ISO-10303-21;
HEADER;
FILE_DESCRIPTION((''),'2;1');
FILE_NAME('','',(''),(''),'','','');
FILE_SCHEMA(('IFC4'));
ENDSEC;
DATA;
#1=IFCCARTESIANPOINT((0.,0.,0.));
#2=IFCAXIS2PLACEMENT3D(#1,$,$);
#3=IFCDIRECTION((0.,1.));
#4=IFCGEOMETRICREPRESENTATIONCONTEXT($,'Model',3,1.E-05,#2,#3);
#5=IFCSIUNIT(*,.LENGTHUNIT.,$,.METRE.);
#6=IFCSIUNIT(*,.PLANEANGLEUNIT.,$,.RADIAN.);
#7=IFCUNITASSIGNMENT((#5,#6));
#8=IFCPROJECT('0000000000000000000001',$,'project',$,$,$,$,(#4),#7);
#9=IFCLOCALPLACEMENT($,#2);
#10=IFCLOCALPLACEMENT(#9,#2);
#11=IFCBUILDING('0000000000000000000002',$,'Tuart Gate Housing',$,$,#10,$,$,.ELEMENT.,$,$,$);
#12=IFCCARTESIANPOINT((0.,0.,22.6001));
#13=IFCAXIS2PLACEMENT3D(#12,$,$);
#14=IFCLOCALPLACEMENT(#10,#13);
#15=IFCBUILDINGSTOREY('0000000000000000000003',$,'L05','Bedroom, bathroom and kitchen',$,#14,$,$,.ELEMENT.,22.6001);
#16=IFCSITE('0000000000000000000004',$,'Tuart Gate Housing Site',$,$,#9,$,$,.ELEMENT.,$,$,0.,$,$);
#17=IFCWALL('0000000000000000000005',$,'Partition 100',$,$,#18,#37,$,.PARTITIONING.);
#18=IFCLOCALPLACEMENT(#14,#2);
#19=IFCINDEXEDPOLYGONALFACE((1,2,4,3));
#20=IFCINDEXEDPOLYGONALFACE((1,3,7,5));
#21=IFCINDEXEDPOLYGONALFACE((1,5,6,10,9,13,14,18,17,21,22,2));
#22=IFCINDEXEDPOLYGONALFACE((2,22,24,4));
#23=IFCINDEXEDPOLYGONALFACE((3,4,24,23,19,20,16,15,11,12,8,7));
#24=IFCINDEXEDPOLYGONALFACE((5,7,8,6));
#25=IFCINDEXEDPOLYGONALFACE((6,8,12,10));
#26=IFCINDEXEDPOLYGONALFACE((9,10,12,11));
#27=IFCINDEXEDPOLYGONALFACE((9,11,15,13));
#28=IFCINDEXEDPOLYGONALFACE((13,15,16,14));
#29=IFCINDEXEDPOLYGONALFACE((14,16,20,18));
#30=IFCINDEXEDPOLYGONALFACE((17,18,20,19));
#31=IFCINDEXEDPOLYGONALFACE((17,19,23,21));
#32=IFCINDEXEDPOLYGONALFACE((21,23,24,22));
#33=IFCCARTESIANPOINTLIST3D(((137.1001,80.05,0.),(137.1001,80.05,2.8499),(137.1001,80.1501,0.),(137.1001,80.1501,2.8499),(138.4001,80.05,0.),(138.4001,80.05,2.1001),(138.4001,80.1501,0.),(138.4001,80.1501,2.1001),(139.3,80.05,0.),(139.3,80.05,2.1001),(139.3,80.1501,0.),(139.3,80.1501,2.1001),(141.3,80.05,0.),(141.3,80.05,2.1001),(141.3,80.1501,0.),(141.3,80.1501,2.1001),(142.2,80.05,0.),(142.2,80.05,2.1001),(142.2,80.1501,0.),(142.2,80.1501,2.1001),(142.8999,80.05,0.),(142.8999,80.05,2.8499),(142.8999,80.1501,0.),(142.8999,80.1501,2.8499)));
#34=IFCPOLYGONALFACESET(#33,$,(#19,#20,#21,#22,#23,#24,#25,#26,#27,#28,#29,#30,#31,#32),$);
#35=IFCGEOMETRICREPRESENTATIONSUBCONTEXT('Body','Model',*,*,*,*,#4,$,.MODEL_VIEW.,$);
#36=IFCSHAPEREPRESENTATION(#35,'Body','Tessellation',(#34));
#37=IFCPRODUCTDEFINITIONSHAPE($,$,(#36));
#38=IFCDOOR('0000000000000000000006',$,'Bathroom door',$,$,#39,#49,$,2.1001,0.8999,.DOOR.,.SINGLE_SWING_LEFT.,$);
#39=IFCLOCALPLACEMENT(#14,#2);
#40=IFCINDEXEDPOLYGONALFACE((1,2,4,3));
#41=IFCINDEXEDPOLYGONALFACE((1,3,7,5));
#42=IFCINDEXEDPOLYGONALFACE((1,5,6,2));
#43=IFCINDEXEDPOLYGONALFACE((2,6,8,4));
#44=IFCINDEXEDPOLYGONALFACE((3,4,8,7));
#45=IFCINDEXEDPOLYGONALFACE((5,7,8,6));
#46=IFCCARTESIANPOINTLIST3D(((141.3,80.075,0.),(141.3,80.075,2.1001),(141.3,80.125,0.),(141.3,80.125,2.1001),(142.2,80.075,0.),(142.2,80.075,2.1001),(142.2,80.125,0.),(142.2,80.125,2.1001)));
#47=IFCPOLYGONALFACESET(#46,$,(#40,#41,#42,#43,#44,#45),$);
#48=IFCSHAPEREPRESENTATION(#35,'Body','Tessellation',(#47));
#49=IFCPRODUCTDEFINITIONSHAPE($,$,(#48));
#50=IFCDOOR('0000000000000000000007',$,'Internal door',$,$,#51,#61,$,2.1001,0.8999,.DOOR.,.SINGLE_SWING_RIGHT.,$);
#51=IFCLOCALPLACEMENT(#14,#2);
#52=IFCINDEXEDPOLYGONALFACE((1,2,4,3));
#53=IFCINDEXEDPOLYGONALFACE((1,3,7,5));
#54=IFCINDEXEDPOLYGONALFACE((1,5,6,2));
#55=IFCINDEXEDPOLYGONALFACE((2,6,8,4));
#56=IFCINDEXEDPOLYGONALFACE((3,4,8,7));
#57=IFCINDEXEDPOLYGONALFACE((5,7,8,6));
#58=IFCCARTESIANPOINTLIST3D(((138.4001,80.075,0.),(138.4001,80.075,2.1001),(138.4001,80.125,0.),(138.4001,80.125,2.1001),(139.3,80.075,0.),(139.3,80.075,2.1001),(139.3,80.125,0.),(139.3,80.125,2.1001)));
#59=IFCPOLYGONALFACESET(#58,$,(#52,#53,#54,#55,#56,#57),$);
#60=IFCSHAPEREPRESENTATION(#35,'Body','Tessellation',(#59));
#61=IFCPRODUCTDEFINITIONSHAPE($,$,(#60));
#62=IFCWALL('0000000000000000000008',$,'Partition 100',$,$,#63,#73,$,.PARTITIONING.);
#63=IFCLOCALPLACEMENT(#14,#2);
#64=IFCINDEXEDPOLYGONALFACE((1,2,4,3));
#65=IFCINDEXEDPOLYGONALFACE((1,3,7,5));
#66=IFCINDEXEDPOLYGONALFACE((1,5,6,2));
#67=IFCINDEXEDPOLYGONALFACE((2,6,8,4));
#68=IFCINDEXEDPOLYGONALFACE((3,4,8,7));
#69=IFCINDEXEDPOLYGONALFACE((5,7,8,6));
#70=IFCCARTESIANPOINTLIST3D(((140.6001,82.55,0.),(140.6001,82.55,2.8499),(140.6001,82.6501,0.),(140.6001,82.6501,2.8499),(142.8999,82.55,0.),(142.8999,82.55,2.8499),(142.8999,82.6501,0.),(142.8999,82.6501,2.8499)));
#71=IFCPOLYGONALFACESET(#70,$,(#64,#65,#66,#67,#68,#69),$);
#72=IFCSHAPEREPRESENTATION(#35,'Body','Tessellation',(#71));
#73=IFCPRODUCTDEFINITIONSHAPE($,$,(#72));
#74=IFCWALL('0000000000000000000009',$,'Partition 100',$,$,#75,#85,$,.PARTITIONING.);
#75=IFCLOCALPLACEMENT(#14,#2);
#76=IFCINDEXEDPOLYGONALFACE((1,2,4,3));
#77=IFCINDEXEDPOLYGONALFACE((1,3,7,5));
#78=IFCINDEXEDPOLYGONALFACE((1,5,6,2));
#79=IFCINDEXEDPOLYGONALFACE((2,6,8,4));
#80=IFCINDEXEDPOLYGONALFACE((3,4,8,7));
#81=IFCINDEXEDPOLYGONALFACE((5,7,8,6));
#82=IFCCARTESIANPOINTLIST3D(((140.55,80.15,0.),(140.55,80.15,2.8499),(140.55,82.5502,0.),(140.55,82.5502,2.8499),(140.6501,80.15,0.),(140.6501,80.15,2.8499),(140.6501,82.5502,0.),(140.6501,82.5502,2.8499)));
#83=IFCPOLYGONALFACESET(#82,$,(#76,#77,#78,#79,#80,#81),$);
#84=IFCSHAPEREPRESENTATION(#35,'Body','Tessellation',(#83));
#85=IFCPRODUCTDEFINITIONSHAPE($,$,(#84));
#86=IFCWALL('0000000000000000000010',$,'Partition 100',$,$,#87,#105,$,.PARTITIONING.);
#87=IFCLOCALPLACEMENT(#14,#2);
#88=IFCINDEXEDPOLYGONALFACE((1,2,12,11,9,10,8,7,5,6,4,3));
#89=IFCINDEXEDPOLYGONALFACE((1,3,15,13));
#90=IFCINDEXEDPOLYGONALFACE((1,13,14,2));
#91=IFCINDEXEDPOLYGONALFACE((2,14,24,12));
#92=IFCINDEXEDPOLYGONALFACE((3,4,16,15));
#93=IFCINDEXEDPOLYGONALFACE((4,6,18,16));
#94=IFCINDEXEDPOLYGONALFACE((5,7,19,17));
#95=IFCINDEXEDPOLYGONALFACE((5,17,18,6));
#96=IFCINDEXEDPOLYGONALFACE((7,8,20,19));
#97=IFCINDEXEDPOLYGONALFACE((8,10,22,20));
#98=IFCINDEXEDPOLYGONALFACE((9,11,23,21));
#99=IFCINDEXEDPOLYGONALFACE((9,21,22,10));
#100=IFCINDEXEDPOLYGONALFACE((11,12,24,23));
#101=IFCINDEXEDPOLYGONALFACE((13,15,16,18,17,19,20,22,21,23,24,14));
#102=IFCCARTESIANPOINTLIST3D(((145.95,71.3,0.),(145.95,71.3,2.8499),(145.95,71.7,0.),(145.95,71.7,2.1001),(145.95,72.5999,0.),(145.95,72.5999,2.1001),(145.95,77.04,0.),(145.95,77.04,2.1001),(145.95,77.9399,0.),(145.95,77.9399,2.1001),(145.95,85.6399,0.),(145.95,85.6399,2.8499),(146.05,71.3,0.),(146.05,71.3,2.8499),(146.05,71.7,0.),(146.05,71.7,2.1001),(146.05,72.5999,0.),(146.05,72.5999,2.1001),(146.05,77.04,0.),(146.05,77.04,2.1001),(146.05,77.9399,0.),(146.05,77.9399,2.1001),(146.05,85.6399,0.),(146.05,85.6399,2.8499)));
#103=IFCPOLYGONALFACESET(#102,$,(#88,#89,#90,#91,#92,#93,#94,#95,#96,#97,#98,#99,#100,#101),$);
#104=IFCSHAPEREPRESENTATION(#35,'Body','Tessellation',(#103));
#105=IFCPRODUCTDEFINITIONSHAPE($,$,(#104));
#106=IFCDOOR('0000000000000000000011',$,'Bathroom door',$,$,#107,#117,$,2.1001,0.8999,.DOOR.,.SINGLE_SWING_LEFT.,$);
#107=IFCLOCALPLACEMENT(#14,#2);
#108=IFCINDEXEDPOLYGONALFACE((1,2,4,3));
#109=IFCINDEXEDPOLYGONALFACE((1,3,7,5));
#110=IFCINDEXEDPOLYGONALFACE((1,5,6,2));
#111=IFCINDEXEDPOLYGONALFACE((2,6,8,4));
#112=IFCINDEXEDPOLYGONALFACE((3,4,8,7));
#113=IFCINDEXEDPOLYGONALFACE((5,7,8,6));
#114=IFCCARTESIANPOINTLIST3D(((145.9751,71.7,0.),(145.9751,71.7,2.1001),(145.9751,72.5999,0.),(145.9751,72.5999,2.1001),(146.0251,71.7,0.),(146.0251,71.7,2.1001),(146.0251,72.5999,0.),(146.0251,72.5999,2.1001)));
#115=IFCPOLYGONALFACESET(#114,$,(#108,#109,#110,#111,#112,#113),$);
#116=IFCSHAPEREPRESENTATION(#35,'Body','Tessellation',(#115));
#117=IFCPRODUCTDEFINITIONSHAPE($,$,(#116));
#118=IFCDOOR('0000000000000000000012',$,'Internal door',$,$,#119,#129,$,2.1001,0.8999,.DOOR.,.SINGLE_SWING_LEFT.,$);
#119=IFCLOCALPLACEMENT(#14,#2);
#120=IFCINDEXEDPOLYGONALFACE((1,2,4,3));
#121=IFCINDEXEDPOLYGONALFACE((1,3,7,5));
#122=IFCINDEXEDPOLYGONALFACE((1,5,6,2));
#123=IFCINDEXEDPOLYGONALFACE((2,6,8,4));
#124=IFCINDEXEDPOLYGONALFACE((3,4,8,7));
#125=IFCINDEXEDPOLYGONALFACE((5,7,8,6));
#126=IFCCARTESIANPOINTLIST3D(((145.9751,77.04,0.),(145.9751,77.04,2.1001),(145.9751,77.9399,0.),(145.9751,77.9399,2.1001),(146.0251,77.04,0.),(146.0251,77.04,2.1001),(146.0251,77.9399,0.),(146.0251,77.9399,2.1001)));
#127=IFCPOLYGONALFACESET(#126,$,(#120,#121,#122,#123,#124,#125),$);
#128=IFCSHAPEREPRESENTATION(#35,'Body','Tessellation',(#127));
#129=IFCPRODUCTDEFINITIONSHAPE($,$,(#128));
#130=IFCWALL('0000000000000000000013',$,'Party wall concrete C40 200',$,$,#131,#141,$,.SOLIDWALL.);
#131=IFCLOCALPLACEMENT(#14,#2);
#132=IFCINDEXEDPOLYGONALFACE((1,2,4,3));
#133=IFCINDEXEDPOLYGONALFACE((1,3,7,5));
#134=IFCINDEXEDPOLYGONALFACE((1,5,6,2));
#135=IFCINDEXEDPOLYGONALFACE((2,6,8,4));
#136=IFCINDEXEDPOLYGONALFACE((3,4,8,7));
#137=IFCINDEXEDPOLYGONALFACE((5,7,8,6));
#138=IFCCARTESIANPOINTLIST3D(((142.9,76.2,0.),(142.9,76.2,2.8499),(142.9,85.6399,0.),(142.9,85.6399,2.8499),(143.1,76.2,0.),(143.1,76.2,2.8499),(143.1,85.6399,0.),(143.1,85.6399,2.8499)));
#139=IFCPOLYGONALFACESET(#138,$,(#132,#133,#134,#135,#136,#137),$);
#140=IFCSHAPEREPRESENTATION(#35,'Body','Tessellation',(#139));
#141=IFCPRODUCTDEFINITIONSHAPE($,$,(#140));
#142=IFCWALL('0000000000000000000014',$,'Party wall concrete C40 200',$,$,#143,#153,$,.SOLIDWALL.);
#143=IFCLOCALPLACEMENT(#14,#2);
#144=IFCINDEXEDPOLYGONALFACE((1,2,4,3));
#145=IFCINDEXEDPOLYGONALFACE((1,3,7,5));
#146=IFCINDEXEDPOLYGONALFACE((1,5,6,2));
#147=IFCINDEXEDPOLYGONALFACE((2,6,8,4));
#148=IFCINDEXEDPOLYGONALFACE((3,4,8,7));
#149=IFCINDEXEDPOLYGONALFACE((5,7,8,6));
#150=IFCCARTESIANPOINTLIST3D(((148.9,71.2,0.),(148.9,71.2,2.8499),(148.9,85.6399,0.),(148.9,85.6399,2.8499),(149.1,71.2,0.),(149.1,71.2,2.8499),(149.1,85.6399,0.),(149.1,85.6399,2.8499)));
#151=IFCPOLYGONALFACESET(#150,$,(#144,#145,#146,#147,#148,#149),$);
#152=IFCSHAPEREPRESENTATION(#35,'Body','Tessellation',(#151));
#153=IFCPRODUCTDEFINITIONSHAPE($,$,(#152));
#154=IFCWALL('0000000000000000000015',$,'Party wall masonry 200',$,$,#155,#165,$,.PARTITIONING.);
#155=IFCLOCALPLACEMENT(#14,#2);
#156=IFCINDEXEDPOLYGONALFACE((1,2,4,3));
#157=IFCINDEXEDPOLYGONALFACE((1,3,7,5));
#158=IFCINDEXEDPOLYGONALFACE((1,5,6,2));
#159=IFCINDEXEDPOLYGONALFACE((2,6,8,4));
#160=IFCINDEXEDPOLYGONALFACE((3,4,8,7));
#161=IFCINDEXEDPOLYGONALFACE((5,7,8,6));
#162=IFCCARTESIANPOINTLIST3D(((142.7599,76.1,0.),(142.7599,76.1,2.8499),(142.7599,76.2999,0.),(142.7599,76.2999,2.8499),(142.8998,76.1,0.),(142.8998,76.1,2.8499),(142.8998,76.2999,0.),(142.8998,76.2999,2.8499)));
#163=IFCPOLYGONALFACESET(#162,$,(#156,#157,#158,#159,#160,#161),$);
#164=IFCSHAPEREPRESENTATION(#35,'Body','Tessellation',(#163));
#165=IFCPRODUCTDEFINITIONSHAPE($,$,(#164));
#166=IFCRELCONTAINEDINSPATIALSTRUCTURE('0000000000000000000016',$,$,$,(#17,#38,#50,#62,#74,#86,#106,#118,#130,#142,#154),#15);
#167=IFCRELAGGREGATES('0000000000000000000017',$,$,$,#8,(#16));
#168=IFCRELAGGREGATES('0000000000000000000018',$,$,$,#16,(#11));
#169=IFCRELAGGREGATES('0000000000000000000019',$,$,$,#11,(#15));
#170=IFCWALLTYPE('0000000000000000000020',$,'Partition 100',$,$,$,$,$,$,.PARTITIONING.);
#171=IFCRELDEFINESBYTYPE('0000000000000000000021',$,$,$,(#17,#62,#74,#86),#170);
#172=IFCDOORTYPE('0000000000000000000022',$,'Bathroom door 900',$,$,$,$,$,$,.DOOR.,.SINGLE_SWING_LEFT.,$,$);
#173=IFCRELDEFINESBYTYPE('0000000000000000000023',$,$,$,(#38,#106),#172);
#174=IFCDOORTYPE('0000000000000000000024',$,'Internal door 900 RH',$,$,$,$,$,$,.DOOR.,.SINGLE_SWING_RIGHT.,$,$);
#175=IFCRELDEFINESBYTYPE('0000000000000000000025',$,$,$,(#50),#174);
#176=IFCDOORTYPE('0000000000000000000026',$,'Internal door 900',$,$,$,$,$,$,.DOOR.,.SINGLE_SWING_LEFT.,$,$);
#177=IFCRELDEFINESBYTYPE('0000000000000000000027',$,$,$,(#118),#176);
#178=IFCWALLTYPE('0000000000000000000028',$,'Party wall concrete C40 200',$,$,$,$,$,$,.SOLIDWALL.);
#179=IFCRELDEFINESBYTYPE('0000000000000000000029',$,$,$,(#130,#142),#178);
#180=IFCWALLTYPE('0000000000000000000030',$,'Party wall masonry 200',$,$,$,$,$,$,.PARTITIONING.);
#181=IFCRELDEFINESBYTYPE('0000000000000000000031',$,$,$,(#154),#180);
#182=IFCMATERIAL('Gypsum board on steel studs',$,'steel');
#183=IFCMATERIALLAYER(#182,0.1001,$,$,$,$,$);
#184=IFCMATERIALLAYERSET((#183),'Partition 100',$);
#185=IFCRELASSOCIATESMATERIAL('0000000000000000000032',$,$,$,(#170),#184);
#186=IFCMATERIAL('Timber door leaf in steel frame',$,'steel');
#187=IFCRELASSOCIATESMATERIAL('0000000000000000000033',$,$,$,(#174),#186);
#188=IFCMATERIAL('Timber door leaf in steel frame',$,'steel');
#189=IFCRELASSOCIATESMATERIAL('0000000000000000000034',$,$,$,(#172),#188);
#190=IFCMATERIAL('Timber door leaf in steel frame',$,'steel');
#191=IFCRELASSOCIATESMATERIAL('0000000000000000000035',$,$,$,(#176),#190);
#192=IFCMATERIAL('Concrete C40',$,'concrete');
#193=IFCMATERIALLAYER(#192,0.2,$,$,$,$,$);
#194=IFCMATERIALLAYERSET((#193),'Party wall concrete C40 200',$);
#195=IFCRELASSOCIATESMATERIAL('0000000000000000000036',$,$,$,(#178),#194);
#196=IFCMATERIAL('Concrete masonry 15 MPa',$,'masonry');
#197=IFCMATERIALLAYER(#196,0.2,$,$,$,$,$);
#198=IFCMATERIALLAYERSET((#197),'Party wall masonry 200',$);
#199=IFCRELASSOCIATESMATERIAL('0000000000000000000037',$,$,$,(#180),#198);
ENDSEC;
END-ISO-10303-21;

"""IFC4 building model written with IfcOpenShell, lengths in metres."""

from ifc_helpers import new_model, si_unit, direction, frame, frame_2d, origin, place, context, subcontext, project, spatial, rectangle, extrude, material, layer, layer_set, type_object, element, fill, save


model = new_model("IFC4")

# Units and contexts
model_context = context("Model", 3, precision=1e-05, world=origin(), true_north=direction((0.0, 1.0)))
body_context = subcontext(model_context, "Body", "Model", "MODEL_VIEW")
ifc_project = project(units=[si_unit("LENGTHUNIT", "METRE"), si_unit("PLANEANGLEUNIT", "RADIAN")], contexts=[model_context])

# Site, building, storey
site_placement = place(None, origin())
site = spatial("IfcSite", under=ifc_project, at=site_placement, Name="Tuart Gate Housing Site", CompositionType="ELEMENT", RefElevation=0.0)
building_placement = place(site_placement, origin())
building = spatial("IfcBuilding", under=site, at=building_placement, Name="Tuart Gate Housing", CompositionType="ELEMENT")
storey_placement = place(building_placement, frame((0.0, 0.0, 22.6001)))
storey = spatial("IfcBuildingStorey", under=building, at=storey_placement, Name="L05", Description="Bedroom, bathroom and kitchen", CompositionType="ELEMENT", Elevation=22.6001)

# Shared definitions
ifc_material_1 = material(Name="Gypsum board on steel studs", Category="steel")
ifc_layer_1 = layer(ifc_material_1, 0.1001)
ifc_layer_set_1 = layer_set([ifc_layer_1], Name="Partition 100")
wall_type_1 = type_object("IfcWallType", Name="Partition 100", PredefinedType="PARTITIONING", material=ifc_layer_set_1)

# Shared definitions
ifc_material_2 = material(Name="Timber door leaf in steel frame", Category="steel")
door_type_1 = type_object("IfcDoorType", Name="Internal door 900 RH", OperationType="SINGLE_SWING_RIGHT", PredefinedType="DOOR", material=ifc_material_2)

# Wall, openings, doors
wall_1_placement = place(storey_placement, frame((137.1001, 80.1001, 0.0), z_axis=(0.0, 0.0, 1.0), x_axis=(1.0, 0.0, 0.0)))
wall_1 = element("IfcWall", 1, at=wall_1_placement, inside=storey, type_object=wall_type_1, Name="Partition 100", PredefinedType="PARTITIONING", context=body_context, shape_type="SweptSolid", body=[
    extrude(rectangle(XDim=5.7998, YDim=0.1001, at=frame_2d((2.8999, 0.0))), origin(), (0.0, 0.0, 1.0), 2.8499),
])
opening_1_placement = place(wall_1_placement, frame((1.3, 0.0, 0.0)))
opening_1 = element("IfcOpeningElement", 2, at=opening_1_placement, cuts=wall_1, PredefinedType="OPENING", context=body_context, shape_type="SweptSolid", body=[
    extrude(rectangle(XDim=0.8999, YDim=2.1001, at=frame_2d((0.45, 1.05))), frame((0.0, 0.0601, 0.0), z_axis=(0.0, -1.0, 0.0), x_axis=(1.0, 0.0, 0.0)), (0.0, 0.0, 1.0), 0.1201),
])
opening_2_placement = place(wall_1_placement, frame((4.2, 0.0, 0.0)))
opening_2 = element("IfcOpeningElement", 3, at=opening_2_placement, cuts=wall_1, PredefinedType="OPENING", context=body_context, shape_type="SweptSolid", body=[
    extrude(rectangle(XDim=0.8999, YDim=2.1001, at=frame_2d((0.45, 1.05))), frame((0.0, 0.0601, 0.0), z_axis=(0.0, -1.0, 0.0), x_axis=(1.0, 0.0, 0.0)), (0.0, 0.0, 1.0), 0.1201),
])
ifc_material_3 = material(Name="Timber door leaf in steel frame", Category="steel")
door_type_2 = type_object("IfcDoorType", Name="Bathroom door 900", OperationType="SINGLE_SWING_LEFT", PredefinedType="DOOR", material=ifc_material_3)
door_1_placement = place(opening_2_placement, origin())
door_1 = element("IfcDoor", 4, at=door_1_placement, inside=storey, type_object=door_type_2, Name="Bathroom door", OperationType="SINGLE_SWING_LEFT", OverallHeight=2.1001, OverallWidth=0.8999, PredefinedType="DOOR", context=body_context, shape_type="SweptSolid", body=[
    extrude(rectangle(XDim=0.8999, YDim=2.1001, at=frame_2d((0.45, 1.05))), frame((0.0, 0.0249, 0.0), z_axis=(0.0, -1.0, 0.0), x_axis=(1.0, 0.0, 0.0)), (0.0, 0.0, 1.0), 0.05),
])
fill(opening_2, door_1)
door_2_placement = place(opening_1_placement, origin())
door_2 = element("IfcDoor", 5, at=door_2_placement, inside=storey, type_object=door_type_1, Name="Internal door", OperationType="SINGLE_SWING_RIGHT", OverallHeight=2.1001, OverallWidth=0.8999, PredefinedType="DOOR", context=body_context, shape_type="SweptSolid", body=[
    extrude(rectangle(XDim=0.8999, YDim=2.1001, at=frame_2d((0.45, 1.05))), frame((0.0, 0.0249, 0.0), z_axis=(0.0, -1.0, 0.0), x_axis=(1.0, 0.0, 0.0)), (0.0, 0.0, 1.0), 0.05),
])
fill(opening_1, door_2)

# Walls
wall_2_placement = place(storey_placement, frame((140.6001, 82.6001, 0.0), z_axis=(0.0, 0.0, 1.0), x_axis=(1.0, 0.0, 0.0)))
element("IfcWall", 6, at=wall_2_placement, inside=storey, type_object=wall_type_1, Name="Partition 100", PredefinedType="PARTITIONING", context=body_context, shape_type="SweptSolid", body=[
    extrude(rectangle(XDim=2.2998, YDim=0.1001, at=frame_2d((1.1499, 0.0))), origin(), (0.0, 0.0, 1.0), 2.8499),
])
wall_3_placement = place(storey_placement, frame((140.6001, 80.1499, 0.0), z_axis=(0.0, 0.0, 1.0), x_axis=(0.0, 1.0, 0.0)))
element("IfcWall", 7, at=wall_3_placement, inside=storey, type_object=wall_type_1, Name="Partition 100", PredefinedType="PARTITIONING", context=body_context, shape_type="SweptSolid", body=[
    extrude(rectangle(XDim=2.4001, YDim=0.1001, at=frame_2d((1.2002, 0.0))), origin(), (0.0, 0.0, 1.0), 2.8499),
])

# Wall, openings, doors
wall_4_placement = place(storey_placement, frame((146.0, 71.3, 0.0), z_axis=(0.0, 0.0, 1.0), x_axis=(0.0, 1.0, 0.0)))
wall_4 = element("IfcWall", 8, at=wall_4_placement, inside=storey, type_object=wall_type_1, Name="Partition 100", PredefinedType="PARTITIONING", context=body_context, shape_type="SweptSolid", body=[
    extrude(rectangle(XDim=14.3398, YDim=0.1001, at=frame_2d((7.1699, 0.0))), origin(), (0.0, 0.0, 1.0), 2.8499),
])
opening_3_placement = place(wall_4_placement, frame((5.74, 0.0, 0.0)))
opening_3 = element("IfcOpeningElement", 9, at=opening_3_placement, cuts=wall_4, PredefinedType="OPENING", context=body_context, shape_type="SweptSolid", body=[
    extrude(rectangle(XDim=0.8999, YDim=2.1001, at=frame_2d((0.45, 1.05))), frame((0.0, 0.0601, 0.0), z_axis=(0.0, -1.0, 0.0), x_axis=(1.0, 0.0, 0.0)), (0.0, 0.0, 1.0), 0.1201),
])
opening_4_placement = place(wall_4_placement, frame((0.3999, 0.0, 0.0)))
opening_4 = element("IfcOpeningElement", 10, at=opening_4_placement, cuts=wall_4, PredefinedType="OPENING", context=body_context, shape_type="SweptSolid", body=[
    extrude(rectangle(XDim=0.8999, YDim=2.1001, at=frame_2d((0.45, 1.05))), frame((0.0, 0.0601, 0.0), z_axis=(0.0, -1.0, 0.0), x_axis=(1.0, 0.0, 0.0)), (0.0, 0.0, 1.0), 0.1201),
])
door_3_placement = place(opening_4_placement, origin())
door_3 = element("IfcDoor", 11, at=door_3_placement, inside=storey, type_object=door_type_2, Name="Bathroom door", OperationType="SINGLE_SWING_LEFT", OverallHeight=2.1001, OverallWidth=0.8999, PredefinedType="DOOR", context=body_context, shape_type="SweptSolid", body=[
    extrude(rectangle(XDim=0.8999, YDim=2.1001, at=frame_2d((0.45, 1.05))), frame((0.0, 0.0249, 0.0), z_axis=(0.0, -1.0, 0.0), x_axis=(1.0, 0.0, 0.0)), (0.0, 0.0, 1.0), 0.05),
])
fill(opening_4, door_3)
ifc_material_4 = material(Name="Timber door leaf in steel frame", Category="steel")
door_type_3 = type_object("IfcDoorType", Name="Internal door 900", OperationType="SINGLE_SWING_LEFT", PredefinedType="DOOR", material=ifc_material_4)
door_4_placement = place(opening_3_placement, origin())
door_4 = element("IfcDoor", 12, at=door_4_placement, inside=storey, type_object=door_type_3, Name="Internal door", OperationType="SINGLE_SWING_LEFT", OverallHeight=2.1001, OverallWidth=0.8999, PredefinedType="DOOR", context=body_context, shape_type="SweptSolid", body=[
    extrude(rectangle(XDim=0.8999, YDim=2.1001, at=frame_2d((0.45, 1.05))), frame((0.0, 0.0249, 0.0), z_axis=(0.0, -1.0, 0.0), x_axis=(1.0, 0.0, 0.0)), (0.0, 0.0, 1.0), 0.05),
])
fill(opening_3, door_4)

# Walls
ifc_material_5 = material(Name="Concrete C40", Category="concrete")
ifc_layer_2 = layer(ifc_material_5, 0.2)
ifc_layer_set_2 = layer_set([ifc_layer_2], Name="Party wall concrete C40 200")
wall_type_2 = type_object("IfcWallType", Name="Party wall concrete C40 200", PredefinedType="SOLIDWALL", material=ifc_layer_set_2)
wall_5_placement = place(storey_placement, frame((143.0, 76.2, 0.0), z_axis=(0.0, 0.0, 1.0), x_axis=(0.0, 1.0, 0.0)))
element("IfcWall", 13, at=wall_5_placement, inside=storey, type_object=wall_type_2, Name="Party wall concrete C40 200", PredefinedType="SOLIDWALL", context=body_context, shape_type="SweptSolid", body=[
    extrude(rectangle(XDim=9.4399, YDim=0.2, at=frame_2d((4.72, 0.0))), origin(), (0.0, 0.0, 1.0), 2.8499),
])
wall_6_placement = place(storey_placement, frame((149.0, 71.2, 0.0), z_axis=(0.0, 0.0, 1.0), x_axis=(0.0, 1.0, 0.0)))
element("IfcWall", 14, at=wall_6_placement, inside=storey, type_object=wall_type_2, Name="Party wall concrete C40 200", PredefinedType="SOLIDWALL", context=body_context, shape_type="SweptSolid", body=[
    extrude(rectangle(XDim=14.4399, YDim=0.2, at=frame_2d((7.22, 0.0))), origin(), (0.0, 0.0, 1.0), 2.8499),
])
ifc_material_6 = material(Name="Concrete masonry 15 MPa", Category="masonry")
ifc_layer_3 = layer(ifc_material_6, 0.2)
ifc_layer_set_3 = layer_set([ifc_layer_3], Name="Party wall masonry 200")
wall_type_3 = type_object("IfcWallType", Name="Party wall masonry 200", PredefinedType="PARTITIONING", material=ifc_layer_set_3)
wall_7_placement = place(storey_placement, frame((142.76, 76.2, 0.0), z_axis=(0.0, 0.0, 1.0), x_axis=(1.0, 0.0, 0.0)))
element("IfcWall", 15, at=wall_7_placement, inside=storey, type_object=wall_type_3, Name="Party wall masonry 200", PredefinedType="PARTITIONING", context=body_context, shape_type="SweptSolid", body=[
    extrude(rectangle(XDim=0.1399, YDim=0.2, at=frame_2d((0.0698, 0.0))), origin(), (0.0, 0.0, 1.0), 2.8499),
])

save(model, "model.ifc")
